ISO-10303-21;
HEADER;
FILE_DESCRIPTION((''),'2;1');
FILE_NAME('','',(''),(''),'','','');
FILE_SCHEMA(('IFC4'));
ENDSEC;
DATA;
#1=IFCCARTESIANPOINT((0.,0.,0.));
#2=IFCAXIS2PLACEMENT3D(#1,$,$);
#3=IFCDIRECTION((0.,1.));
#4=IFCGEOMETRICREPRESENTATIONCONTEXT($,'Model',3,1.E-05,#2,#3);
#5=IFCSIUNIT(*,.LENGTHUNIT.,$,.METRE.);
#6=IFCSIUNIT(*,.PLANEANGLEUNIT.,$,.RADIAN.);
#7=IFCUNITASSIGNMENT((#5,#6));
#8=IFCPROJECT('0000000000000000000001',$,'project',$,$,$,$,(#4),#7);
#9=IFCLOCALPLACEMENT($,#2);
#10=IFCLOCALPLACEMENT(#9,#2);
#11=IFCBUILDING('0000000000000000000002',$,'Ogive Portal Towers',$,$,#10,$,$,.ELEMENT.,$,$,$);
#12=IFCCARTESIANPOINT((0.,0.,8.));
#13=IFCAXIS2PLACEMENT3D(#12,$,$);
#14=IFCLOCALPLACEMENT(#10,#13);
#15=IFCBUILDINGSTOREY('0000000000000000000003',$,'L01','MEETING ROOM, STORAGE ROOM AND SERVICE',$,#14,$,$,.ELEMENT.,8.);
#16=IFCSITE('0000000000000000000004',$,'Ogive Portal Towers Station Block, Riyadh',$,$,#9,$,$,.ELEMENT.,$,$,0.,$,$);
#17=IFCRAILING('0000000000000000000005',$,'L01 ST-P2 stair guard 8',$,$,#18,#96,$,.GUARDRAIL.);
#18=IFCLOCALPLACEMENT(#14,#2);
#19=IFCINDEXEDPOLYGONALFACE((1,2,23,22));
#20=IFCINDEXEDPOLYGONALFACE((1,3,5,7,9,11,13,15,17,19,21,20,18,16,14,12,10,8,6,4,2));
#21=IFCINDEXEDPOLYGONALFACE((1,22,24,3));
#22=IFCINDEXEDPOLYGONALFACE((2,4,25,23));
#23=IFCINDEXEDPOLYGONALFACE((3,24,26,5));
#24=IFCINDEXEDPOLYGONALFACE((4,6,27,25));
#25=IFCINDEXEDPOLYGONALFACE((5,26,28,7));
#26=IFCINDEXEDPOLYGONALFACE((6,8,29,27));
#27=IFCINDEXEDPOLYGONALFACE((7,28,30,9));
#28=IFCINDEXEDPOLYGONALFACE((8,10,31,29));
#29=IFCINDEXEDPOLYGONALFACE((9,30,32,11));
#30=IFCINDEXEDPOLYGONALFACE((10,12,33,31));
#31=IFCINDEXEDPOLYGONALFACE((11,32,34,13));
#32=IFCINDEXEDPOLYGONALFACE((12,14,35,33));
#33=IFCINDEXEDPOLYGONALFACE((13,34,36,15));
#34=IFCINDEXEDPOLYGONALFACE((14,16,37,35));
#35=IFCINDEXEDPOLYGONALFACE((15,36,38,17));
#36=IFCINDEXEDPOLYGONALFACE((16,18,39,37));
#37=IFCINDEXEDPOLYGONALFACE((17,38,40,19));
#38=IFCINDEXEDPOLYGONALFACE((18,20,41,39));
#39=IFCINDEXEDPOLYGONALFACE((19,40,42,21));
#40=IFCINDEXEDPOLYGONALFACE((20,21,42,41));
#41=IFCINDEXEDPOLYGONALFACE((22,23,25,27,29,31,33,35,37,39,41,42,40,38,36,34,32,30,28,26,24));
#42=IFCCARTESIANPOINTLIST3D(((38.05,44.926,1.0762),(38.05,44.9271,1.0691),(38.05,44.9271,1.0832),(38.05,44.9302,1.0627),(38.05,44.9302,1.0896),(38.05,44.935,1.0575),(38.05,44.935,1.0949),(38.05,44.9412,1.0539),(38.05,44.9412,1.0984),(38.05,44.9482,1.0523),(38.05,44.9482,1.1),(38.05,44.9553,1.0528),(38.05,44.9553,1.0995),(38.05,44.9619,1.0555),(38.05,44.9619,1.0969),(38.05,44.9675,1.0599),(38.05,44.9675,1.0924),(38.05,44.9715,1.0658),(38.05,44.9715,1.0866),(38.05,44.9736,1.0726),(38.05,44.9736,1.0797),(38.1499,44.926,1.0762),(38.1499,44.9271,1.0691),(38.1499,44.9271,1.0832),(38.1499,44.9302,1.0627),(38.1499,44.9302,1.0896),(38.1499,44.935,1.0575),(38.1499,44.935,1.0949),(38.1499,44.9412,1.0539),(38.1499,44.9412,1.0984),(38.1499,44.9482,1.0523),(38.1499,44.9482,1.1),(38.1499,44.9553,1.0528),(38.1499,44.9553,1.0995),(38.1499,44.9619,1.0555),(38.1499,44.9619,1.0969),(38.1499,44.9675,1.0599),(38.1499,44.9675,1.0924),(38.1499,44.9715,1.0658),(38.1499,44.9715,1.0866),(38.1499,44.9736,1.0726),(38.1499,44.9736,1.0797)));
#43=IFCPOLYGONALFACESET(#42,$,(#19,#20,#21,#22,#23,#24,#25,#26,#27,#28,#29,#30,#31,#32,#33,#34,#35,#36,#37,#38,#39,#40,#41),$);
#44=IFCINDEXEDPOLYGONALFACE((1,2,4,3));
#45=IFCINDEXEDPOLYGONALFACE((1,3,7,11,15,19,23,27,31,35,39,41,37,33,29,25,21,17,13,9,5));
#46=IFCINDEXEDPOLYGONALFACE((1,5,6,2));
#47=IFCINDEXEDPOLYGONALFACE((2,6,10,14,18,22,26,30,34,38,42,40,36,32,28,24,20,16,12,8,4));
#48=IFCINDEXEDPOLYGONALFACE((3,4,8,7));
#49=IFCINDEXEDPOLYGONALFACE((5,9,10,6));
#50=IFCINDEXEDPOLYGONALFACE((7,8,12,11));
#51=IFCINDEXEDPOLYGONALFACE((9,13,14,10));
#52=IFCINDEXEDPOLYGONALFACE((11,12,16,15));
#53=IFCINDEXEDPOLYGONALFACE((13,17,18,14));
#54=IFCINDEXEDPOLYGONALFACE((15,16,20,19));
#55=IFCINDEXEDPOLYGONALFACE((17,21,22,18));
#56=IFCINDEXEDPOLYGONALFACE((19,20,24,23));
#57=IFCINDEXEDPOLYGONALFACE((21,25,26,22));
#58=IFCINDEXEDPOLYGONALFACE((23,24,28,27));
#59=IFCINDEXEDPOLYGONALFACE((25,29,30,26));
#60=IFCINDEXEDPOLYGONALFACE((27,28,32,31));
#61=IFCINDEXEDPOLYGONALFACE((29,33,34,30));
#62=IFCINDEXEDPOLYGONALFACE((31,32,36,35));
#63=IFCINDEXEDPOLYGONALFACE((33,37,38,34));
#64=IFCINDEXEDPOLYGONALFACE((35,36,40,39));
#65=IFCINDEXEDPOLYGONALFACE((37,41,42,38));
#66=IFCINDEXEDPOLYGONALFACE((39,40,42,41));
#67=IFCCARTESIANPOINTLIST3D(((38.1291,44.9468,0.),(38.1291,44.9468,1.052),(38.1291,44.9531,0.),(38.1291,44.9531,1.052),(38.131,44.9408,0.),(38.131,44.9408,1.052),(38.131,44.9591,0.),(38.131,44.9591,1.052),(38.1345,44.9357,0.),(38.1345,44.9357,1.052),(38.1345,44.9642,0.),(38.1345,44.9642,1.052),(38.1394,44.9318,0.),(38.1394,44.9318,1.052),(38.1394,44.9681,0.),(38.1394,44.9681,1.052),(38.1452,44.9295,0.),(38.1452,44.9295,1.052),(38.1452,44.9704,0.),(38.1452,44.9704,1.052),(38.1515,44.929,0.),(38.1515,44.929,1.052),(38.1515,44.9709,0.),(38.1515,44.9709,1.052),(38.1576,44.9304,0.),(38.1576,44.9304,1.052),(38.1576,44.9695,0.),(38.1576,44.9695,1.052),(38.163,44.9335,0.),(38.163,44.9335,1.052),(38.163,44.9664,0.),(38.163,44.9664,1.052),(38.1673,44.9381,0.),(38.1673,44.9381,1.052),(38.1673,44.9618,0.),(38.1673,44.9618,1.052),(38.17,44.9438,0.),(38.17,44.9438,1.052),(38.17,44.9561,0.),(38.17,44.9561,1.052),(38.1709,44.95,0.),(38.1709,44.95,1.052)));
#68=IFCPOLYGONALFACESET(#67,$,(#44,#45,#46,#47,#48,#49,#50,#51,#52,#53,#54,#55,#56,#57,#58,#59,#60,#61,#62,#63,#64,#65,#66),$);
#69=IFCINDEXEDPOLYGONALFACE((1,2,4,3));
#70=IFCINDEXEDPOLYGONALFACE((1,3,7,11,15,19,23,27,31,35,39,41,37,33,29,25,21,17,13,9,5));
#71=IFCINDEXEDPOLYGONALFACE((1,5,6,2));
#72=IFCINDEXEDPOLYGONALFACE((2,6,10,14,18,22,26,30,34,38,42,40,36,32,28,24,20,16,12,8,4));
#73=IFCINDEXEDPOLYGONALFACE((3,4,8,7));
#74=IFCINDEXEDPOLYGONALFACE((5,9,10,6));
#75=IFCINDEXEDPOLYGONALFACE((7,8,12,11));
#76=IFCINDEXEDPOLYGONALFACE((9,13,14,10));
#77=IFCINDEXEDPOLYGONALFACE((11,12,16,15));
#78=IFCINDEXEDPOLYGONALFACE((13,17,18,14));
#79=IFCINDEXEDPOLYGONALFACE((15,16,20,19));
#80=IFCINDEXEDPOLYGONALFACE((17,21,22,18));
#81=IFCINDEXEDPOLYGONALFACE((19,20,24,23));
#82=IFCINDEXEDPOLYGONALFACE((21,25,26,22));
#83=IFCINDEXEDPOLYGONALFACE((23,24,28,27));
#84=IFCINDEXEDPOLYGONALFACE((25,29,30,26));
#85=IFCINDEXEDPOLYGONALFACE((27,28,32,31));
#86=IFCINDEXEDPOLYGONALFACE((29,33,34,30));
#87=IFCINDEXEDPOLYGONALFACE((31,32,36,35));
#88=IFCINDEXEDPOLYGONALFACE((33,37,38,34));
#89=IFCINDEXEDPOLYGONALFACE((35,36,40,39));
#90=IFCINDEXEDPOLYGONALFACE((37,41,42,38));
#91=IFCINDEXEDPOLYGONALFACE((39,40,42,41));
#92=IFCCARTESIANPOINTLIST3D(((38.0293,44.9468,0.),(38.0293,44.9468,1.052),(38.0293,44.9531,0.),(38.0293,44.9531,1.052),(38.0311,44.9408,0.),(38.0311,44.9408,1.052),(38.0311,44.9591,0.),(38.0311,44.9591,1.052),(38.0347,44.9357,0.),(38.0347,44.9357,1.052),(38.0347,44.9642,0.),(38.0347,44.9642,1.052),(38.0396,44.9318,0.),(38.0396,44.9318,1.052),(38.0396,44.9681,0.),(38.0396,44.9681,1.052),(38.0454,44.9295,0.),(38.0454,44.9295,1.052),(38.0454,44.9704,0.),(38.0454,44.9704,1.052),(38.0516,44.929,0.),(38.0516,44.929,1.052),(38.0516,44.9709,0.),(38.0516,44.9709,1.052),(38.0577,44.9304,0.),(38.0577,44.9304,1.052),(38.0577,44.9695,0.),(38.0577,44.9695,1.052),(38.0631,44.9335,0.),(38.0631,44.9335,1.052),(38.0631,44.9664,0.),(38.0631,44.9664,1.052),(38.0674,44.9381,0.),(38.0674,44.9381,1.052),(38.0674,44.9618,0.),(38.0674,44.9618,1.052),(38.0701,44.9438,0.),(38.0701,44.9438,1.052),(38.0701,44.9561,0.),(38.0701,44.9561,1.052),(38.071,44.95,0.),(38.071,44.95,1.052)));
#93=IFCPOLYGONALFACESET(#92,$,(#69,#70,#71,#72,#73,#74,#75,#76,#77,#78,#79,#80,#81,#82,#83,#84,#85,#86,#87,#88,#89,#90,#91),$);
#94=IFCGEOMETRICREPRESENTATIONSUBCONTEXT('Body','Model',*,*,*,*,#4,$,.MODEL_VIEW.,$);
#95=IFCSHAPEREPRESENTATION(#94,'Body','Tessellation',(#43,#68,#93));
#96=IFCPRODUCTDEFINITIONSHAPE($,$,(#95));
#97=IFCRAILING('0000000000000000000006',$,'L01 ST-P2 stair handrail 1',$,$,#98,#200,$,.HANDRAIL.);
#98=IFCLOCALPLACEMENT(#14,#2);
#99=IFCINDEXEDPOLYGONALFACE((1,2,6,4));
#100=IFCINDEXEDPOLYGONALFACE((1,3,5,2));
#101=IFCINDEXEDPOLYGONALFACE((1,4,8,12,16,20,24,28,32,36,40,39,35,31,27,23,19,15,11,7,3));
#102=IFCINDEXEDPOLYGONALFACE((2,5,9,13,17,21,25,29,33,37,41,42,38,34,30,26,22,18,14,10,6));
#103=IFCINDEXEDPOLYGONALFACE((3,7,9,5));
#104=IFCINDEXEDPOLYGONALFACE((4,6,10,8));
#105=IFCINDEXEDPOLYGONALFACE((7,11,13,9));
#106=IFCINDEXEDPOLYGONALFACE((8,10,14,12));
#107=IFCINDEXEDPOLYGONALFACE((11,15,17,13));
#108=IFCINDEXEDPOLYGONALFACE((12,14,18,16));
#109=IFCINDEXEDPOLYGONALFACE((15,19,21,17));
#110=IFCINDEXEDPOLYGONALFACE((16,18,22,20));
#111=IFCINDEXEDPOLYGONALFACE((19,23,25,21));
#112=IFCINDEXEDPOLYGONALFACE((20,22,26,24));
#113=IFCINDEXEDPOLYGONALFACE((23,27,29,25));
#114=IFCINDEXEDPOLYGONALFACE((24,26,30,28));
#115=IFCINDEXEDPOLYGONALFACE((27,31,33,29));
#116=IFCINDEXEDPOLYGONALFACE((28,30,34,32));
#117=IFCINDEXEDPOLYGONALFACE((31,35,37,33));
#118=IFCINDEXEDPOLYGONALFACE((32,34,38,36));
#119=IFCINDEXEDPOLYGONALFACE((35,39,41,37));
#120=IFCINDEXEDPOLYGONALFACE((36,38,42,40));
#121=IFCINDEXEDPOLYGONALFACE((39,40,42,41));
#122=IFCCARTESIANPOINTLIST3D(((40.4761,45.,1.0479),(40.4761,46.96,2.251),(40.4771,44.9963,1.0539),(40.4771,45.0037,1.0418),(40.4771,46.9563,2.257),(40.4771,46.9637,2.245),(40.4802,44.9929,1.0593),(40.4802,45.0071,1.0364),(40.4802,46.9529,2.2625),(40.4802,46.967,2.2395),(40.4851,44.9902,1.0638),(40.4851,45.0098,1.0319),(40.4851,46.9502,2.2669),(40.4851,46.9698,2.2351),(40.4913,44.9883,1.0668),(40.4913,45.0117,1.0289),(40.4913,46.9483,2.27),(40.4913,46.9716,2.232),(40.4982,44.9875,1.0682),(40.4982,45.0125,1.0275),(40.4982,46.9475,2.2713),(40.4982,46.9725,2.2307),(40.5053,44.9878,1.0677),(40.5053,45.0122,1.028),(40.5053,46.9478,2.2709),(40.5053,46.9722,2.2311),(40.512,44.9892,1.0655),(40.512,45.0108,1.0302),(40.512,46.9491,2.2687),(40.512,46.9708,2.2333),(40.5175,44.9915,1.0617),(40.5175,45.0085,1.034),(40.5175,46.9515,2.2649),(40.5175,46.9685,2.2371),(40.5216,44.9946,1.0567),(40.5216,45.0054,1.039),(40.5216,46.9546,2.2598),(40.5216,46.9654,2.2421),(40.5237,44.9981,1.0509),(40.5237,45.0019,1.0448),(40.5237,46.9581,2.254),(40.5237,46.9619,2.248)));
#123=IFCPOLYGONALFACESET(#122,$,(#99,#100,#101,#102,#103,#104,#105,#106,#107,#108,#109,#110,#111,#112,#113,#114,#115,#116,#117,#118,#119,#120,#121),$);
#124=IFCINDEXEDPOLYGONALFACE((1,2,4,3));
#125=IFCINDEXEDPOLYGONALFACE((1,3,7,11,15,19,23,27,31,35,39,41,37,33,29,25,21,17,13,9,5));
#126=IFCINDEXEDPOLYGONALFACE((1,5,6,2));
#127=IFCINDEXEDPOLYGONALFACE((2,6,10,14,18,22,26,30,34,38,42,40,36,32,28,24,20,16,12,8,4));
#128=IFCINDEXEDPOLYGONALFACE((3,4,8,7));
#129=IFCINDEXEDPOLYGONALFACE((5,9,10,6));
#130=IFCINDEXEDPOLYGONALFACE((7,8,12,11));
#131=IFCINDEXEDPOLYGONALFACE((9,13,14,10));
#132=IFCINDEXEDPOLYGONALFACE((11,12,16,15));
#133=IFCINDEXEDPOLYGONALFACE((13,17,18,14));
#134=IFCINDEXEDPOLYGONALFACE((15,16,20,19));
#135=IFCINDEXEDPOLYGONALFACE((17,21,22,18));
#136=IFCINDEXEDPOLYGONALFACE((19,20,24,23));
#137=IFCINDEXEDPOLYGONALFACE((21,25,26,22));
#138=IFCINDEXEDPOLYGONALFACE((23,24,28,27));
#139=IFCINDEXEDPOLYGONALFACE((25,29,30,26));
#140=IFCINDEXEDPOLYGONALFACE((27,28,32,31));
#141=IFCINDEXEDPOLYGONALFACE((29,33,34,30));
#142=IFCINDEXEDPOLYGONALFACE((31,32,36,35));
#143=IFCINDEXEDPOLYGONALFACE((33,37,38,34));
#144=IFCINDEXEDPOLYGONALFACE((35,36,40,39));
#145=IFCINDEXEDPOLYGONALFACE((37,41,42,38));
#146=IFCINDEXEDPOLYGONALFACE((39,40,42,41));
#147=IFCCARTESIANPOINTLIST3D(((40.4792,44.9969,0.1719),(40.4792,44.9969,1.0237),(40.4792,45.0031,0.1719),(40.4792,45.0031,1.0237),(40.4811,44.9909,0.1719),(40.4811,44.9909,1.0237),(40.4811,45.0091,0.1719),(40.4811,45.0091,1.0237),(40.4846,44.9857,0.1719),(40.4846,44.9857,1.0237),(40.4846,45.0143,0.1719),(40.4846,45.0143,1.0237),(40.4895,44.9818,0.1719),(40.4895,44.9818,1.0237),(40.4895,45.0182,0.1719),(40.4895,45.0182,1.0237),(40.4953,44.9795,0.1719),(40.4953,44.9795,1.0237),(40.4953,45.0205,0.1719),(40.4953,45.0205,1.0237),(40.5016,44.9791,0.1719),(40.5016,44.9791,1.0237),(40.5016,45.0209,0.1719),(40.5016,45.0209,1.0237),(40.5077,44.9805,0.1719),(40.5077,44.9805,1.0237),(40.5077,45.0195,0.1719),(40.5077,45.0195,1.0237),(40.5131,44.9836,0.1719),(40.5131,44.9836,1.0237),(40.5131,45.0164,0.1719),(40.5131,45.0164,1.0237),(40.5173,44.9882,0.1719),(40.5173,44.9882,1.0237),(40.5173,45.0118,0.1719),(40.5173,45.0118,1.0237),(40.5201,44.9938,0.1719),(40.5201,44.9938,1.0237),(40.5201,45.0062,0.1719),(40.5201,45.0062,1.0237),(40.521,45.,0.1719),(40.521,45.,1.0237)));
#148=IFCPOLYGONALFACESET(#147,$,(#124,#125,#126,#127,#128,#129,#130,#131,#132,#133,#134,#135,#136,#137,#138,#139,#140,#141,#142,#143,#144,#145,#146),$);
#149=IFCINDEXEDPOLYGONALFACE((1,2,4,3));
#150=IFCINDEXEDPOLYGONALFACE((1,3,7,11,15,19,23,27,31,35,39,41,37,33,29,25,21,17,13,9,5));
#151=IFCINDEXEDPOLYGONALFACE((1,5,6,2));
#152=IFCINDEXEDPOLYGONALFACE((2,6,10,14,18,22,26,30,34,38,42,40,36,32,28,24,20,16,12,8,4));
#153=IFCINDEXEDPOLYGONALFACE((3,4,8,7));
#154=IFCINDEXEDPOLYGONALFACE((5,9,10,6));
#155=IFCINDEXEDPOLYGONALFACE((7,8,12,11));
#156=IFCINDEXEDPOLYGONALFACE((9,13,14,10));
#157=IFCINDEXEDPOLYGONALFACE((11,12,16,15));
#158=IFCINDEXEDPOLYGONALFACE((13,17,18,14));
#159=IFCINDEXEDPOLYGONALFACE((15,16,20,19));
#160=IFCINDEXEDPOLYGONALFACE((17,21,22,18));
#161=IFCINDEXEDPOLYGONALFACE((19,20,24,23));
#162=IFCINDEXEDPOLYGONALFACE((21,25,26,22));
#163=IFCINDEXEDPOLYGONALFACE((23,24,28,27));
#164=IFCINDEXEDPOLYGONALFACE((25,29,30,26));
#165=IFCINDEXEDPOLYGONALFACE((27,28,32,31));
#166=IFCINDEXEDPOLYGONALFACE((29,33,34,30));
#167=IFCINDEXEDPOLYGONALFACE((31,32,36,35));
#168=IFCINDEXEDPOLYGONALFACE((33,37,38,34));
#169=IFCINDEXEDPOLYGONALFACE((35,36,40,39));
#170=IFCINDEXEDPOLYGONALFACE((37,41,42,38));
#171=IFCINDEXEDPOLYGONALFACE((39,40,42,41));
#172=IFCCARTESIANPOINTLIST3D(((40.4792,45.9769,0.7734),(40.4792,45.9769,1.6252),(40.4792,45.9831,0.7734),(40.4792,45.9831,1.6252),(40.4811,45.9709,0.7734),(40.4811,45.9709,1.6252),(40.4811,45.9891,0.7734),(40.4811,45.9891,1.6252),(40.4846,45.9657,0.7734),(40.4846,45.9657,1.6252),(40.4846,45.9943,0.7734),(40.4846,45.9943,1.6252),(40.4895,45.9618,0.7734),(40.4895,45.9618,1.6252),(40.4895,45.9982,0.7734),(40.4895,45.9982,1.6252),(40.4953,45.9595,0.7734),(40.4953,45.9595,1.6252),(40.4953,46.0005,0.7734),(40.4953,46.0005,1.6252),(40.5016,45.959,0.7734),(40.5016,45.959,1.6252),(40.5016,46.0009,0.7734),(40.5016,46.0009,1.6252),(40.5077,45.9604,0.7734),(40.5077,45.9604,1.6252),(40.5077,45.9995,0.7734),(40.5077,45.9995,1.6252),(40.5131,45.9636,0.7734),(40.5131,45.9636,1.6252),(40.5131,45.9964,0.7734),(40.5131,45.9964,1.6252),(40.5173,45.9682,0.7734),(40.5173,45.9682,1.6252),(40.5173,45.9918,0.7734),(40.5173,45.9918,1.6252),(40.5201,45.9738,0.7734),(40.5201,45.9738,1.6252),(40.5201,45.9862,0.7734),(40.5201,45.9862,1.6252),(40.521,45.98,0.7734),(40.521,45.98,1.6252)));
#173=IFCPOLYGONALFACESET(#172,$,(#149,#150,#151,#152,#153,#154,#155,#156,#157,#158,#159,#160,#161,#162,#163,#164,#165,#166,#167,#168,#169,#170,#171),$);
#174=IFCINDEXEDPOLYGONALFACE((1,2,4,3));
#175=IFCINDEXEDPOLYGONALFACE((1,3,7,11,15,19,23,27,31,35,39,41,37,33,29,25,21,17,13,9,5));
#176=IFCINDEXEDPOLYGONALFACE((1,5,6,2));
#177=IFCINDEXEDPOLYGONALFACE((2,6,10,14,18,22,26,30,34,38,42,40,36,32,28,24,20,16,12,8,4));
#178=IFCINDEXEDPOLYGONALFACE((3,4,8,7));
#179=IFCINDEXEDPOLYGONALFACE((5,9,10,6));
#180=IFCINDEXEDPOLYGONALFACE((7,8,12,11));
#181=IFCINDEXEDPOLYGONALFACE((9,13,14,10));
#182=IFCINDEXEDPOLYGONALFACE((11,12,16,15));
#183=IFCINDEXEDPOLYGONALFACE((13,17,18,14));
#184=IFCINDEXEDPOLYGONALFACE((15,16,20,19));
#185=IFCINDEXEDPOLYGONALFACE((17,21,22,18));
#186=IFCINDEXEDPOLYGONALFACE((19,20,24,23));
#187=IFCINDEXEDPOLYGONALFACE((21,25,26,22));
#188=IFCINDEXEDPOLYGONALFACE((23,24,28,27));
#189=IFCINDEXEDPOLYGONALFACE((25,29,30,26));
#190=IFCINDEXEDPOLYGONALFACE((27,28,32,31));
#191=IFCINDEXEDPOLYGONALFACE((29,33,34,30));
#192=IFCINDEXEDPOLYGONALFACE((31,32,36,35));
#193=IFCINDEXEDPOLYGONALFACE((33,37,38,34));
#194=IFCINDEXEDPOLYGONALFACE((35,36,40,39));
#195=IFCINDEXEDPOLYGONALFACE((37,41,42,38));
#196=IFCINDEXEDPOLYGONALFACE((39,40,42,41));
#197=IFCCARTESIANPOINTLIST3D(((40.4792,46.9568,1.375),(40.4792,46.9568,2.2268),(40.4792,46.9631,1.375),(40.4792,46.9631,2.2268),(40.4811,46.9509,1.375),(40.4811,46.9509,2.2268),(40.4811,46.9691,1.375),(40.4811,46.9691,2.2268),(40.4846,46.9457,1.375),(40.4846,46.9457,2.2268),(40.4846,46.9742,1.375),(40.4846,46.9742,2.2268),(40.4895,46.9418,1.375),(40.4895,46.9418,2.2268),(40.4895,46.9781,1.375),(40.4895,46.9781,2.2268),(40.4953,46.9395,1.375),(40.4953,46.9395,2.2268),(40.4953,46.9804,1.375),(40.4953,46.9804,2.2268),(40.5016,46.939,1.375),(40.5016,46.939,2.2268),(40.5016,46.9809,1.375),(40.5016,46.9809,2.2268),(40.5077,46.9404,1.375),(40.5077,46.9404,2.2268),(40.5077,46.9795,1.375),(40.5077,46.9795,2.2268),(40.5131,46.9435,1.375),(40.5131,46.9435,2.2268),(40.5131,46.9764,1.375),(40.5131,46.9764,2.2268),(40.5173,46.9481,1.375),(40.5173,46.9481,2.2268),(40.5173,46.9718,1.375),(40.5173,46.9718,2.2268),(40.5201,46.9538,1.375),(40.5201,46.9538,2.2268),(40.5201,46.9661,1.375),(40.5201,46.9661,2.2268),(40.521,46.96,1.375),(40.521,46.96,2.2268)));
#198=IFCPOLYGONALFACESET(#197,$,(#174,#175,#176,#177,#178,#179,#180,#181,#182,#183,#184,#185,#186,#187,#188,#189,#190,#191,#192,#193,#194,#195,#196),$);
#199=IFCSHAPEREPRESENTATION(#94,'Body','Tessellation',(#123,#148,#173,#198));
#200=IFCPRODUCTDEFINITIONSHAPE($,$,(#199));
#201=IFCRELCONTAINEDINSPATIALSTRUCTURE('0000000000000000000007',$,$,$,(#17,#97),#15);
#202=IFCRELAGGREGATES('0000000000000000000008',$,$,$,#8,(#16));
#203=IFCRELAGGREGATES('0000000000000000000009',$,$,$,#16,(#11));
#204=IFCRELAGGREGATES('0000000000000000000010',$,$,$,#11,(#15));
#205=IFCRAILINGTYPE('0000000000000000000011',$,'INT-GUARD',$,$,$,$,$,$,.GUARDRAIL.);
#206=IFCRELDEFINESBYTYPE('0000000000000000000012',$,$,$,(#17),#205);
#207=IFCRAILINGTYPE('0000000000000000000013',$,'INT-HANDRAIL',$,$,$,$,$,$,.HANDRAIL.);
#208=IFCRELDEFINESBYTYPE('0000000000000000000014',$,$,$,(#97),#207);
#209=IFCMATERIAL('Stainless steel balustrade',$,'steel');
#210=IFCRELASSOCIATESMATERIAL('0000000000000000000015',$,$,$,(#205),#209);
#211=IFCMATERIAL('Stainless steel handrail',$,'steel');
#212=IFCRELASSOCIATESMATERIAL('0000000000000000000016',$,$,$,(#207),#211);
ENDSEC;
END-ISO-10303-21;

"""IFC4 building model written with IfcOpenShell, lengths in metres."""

from ifc_helpers import new_model, si_unit, direction, frame, origin, origin_2d, place, context, subcontext, project, spatial, circle, extrude, material, type_object, element, save


model = new_model("IFC4")

# Units and contexts
model_context = context("Model", 3, precision=1e-05, world=origin(), true_north=direction((0.0, 1.0)))
body_context = subcontext(model_context, "Body", "Model", "MODEL_VIEW")
ifc_project = project(units=[si_unit("LENGTHUNIT", "METRE"), si_unit("PLANEANGLEUNIT", "RADIAN")], contexts=[model_context])

# Site, building, storey
site_placement = place(None, origin())
site = spatial("IfcSite", under=ifc_project, at=site_placement, Name="Ogive Portal Towers Station Block, Riyadh", CompositionType="ELEMENT", RefElevation=0.0)
building_placement = place(site_placement, origin())
building = spatial("IfcBuilding", under=site, at=building_placement, Name="Ogive Portal Towers", CompositionType="ELEMENT")
storey_placement = place(building_placement, frame((0.0, 0.0, 8.0)))
storey = spatial("IfcBuildingStorey", under=building, at=storey_placement, Name="L01", Description="MEETING ROOM, STORAGE ROOM AND SERVICE", CompositionType="ELEMENT", Elevation=8.0)

# Railings
ifc_material_1 = material(Name="Stainless steel balustrade", Category="steel")
railing_type_1 = type_object("IfcRailingType", Name="INT-GUARD", PredefinedType="GUARDRAIL", material=ifc_material_1)
railing_1_placement = place(storey_placement, frame((38.1499, 44.95, 0.0)))
element("IfcRailing", 1, at=railing_1_placement, inside=storey, type_object=railing_type_1, Name="L01 ST-P2 stair guard 8", PredefinedType="GUARDRAIL", context=body_context, shape_type="SweptSolid", body=[
    extrude(circle(Radius=0.0239, at=origin_2d()), frame((0.0, 0.0, 1.0762), z_axis=(-1.0, 0.0, 0.0), x_axis=(0.0, -1.0, 0.0)), (0.0, 0.0, 1.0), 0.0999),
    extrude(circle(Radius=0.021, at=origin_2d()), origin(), (0.0, 0.0, 1.0), 1.052),
    extrude(circle(Radius=0.021, at=origin_2d()), frame((-0.0999, 0.0, 0.0)), (0.0, 0.0, 1.0), 1.052),
])
ifc_material_2 = material(Name="Stainless steel handrail", Category="steel")
railing_type_2 = type_object("IfcRailingType", Name="INT-HANDRAIL", PredefinedType="HANDRAIL", material=ifc_material_2)
railing_2_placement = place(storey_placement, frame((40.5, 45.0, 0.1719)))
element("IfcRailing", 2, at=railing_2_placement, inside=storey, type_object=railing_type_2, Name="L01 ST-P2 stair handrail 1", PredefinedType="HANDRAIL", context=body_context, shape_type="SweptSolid", body=[
    extrude(circle(Radius=0.0239, at=origin_2d()), frame((0.0, 0.0, 0.876), z_axis=(0.0, 0.852241, 0.523149), x_axis=(-1.0, 0.0, 0.0)), (0.0, 0.0, 1.0), 2.2998),
    extrude(circle(Radius=0.021, at=origin_2d()), origin(), (0.0, 0.0, 1.0), 0.8518),
    extrude(circle(Radius=0.021, at=origin_2d()), frame((0.0, 0.98, 0.6016)), (0.0, 0.0, 1.0), 0.8518),
    extrude(circle(Radius=0.021, at=origin_2d()), frame((0.0, 1.96, 1.2031)), (0.0, 0.0, 1.0), 0.8518),
])

save(model, "model.ifc")
